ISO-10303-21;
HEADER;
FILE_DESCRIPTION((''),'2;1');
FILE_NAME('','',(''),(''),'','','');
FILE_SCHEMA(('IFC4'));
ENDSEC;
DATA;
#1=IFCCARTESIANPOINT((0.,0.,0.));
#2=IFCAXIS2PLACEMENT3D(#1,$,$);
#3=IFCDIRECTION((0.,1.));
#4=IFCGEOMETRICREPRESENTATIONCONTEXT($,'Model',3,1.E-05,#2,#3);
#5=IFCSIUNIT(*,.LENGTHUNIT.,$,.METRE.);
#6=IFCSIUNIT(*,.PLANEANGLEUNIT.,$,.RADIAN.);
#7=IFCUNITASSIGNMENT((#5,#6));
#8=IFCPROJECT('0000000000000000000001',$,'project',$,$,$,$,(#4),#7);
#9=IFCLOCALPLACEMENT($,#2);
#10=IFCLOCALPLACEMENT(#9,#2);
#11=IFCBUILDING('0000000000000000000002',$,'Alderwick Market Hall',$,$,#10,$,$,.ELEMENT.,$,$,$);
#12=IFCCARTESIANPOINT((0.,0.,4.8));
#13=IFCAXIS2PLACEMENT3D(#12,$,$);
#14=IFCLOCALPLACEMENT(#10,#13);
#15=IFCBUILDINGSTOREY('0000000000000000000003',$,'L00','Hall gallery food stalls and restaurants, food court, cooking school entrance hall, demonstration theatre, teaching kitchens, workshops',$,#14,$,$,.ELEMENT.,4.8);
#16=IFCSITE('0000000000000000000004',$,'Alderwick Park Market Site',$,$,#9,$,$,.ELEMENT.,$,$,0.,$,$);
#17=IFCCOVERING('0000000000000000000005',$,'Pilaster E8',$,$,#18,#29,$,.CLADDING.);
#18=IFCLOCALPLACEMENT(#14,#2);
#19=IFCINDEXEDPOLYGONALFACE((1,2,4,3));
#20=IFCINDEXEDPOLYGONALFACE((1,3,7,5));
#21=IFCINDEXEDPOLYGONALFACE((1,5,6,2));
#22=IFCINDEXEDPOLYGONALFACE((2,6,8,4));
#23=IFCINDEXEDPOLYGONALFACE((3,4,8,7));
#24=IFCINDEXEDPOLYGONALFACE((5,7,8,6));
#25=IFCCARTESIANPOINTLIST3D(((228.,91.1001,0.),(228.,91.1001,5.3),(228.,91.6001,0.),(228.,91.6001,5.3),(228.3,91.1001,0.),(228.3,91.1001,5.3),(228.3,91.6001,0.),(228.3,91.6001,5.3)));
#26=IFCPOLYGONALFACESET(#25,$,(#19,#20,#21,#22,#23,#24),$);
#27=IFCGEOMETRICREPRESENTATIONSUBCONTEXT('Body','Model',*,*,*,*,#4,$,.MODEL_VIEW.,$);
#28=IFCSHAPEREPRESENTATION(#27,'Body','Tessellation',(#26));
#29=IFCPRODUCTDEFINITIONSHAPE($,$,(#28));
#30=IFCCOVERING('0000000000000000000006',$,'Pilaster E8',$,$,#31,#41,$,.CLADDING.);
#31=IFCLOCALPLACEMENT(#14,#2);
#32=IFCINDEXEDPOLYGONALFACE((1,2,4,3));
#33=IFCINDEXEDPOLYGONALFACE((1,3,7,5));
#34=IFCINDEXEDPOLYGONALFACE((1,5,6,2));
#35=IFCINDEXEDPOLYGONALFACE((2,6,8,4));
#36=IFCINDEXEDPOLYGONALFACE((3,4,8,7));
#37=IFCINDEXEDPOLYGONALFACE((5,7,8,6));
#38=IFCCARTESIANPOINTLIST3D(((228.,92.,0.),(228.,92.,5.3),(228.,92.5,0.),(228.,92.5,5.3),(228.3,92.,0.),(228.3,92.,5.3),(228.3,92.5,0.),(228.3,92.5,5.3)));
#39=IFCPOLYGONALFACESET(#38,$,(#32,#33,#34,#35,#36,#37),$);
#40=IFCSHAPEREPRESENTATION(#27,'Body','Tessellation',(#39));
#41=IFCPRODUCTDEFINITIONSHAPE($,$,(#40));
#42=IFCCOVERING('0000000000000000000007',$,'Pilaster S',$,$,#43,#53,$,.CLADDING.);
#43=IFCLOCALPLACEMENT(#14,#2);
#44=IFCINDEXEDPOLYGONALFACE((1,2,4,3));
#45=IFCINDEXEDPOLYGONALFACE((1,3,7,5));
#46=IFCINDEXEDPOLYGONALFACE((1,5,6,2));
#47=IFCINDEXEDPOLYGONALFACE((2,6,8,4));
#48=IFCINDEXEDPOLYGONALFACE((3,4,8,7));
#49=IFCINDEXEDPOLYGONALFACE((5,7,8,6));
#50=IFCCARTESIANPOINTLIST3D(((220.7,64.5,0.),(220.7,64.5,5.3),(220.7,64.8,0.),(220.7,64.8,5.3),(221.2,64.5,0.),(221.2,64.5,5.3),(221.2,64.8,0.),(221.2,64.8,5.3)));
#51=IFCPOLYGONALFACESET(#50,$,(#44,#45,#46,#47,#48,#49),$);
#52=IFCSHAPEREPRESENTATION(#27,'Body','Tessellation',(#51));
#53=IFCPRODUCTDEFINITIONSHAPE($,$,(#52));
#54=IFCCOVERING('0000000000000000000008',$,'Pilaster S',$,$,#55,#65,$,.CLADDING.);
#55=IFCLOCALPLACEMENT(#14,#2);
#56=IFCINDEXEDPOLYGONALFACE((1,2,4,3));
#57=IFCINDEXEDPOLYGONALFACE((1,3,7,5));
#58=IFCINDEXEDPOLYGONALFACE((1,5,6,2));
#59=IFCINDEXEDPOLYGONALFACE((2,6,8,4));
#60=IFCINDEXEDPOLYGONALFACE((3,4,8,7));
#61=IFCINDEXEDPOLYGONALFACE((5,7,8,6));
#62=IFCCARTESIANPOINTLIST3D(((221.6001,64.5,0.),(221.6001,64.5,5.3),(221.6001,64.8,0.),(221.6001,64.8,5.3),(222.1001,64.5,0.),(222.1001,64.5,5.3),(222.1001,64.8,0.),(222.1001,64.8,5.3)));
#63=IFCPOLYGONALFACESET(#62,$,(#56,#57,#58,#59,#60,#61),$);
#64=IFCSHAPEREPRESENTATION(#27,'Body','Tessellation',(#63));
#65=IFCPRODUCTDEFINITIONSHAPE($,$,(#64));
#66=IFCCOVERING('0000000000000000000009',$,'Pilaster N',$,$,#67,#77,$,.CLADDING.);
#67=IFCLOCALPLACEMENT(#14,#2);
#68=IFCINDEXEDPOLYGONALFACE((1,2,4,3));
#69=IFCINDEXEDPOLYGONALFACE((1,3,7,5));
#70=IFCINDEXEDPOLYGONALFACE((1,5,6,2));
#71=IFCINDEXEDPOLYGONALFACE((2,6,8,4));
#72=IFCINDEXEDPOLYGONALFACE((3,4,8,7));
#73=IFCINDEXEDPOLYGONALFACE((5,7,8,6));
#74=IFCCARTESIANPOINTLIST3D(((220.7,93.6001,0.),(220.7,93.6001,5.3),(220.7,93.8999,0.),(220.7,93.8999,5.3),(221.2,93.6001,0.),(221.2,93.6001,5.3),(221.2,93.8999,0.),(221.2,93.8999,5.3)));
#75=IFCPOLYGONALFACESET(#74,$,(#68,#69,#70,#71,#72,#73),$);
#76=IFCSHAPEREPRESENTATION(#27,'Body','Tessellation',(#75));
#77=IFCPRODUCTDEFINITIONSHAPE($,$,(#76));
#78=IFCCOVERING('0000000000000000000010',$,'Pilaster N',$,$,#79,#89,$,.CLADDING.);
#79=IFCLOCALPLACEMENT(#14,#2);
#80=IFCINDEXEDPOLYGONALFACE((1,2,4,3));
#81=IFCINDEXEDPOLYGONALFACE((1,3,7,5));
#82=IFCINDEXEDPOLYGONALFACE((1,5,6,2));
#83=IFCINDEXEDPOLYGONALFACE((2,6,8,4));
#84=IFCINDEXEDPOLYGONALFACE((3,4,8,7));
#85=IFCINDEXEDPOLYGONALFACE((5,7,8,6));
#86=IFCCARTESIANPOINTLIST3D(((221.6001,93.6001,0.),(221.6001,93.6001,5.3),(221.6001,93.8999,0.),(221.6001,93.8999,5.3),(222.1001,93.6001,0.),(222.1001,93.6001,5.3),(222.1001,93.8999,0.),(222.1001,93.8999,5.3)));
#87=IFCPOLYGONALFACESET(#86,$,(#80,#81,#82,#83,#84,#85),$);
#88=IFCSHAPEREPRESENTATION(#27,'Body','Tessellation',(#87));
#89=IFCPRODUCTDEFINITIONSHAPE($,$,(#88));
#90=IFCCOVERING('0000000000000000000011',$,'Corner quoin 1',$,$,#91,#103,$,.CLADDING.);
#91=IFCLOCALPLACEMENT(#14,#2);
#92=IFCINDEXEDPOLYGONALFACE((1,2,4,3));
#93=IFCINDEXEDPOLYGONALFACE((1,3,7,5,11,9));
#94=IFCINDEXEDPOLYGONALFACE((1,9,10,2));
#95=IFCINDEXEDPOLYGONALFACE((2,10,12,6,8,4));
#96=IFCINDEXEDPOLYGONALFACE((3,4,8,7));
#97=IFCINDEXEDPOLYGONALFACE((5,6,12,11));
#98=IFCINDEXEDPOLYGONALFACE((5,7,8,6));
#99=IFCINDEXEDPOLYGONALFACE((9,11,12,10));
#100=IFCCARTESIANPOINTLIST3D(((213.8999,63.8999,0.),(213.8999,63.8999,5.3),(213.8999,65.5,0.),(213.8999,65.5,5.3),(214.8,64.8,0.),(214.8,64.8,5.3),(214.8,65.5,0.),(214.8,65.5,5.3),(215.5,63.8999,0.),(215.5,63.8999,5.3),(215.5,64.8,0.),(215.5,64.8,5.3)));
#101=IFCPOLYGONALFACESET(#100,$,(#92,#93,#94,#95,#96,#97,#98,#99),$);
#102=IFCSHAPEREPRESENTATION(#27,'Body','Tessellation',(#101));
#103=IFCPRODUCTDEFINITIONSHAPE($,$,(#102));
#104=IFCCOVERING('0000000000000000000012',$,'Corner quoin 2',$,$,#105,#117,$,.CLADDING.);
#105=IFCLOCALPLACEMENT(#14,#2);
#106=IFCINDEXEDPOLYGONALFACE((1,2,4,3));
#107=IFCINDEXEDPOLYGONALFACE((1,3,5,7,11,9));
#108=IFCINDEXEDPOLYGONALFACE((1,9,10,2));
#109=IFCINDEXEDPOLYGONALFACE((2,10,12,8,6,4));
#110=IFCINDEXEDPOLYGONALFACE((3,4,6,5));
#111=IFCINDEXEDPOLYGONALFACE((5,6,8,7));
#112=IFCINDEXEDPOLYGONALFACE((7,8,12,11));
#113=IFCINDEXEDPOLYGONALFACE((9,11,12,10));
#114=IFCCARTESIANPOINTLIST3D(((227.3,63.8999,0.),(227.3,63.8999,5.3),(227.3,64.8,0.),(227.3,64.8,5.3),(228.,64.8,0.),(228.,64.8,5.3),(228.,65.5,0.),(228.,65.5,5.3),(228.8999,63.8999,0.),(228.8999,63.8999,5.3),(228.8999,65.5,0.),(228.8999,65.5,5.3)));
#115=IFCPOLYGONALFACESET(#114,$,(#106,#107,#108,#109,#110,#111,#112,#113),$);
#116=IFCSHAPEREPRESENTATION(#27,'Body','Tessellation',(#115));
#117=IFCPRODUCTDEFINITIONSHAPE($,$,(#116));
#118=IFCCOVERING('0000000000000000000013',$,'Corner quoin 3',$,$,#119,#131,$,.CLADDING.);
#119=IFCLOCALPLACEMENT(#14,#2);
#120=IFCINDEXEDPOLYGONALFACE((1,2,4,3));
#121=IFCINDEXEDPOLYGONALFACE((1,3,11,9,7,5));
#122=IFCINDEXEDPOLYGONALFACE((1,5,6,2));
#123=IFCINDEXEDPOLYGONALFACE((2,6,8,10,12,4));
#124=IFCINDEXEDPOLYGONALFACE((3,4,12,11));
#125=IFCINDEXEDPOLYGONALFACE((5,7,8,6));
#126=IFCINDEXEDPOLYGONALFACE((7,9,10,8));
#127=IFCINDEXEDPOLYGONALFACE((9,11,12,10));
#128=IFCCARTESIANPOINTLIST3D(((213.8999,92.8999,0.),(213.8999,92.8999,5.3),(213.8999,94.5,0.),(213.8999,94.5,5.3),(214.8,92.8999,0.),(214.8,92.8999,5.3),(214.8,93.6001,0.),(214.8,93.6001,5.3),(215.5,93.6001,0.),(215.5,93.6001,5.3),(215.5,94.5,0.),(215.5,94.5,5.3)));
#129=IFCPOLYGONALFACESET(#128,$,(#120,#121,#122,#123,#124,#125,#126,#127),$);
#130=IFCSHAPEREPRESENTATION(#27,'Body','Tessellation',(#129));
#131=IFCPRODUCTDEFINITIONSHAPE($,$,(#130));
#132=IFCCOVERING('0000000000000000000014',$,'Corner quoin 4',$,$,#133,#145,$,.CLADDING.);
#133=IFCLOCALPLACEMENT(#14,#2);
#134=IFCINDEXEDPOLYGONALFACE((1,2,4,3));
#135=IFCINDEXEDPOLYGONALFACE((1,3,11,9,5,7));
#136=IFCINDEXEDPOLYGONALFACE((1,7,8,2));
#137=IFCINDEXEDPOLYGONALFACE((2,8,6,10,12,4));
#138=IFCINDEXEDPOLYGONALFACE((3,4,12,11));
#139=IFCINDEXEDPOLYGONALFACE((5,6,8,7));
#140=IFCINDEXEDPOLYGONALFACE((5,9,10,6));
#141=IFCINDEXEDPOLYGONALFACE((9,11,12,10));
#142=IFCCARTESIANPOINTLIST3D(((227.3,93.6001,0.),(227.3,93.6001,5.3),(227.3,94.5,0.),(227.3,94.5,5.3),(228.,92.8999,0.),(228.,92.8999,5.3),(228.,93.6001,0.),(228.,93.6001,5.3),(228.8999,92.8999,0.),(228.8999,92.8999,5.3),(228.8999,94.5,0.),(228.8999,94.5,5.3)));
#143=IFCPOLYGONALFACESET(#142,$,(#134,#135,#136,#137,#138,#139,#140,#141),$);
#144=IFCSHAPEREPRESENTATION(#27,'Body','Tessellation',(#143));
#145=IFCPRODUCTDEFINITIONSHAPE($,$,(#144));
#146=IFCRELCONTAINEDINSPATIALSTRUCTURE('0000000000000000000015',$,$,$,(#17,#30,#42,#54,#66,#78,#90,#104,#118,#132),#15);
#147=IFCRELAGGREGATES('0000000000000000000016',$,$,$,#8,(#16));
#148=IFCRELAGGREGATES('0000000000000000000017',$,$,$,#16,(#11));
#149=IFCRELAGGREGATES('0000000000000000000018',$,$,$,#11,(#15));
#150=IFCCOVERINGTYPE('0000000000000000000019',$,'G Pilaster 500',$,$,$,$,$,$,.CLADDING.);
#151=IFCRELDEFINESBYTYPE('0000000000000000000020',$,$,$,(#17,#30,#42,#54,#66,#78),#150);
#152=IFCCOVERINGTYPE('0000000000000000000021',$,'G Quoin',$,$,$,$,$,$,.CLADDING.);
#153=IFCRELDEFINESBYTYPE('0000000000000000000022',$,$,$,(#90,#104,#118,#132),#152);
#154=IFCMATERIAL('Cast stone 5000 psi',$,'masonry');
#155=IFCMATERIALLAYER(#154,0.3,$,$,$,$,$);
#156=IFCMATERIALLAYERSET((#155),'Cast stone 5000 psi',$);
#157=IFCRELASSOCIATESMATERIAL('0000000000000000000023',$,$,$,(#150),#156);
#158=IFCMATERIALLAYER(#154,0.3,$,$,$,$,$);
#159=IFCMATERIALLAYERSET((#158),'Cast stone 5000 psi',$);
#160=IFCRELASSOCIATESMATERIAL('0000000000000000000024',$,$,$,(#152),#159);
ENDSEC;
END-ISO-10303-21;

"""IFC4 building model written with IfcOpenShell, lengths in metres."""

from ifc_helpers import new_model, si_unit, direction, frame, origin, place, context, subcontext, project, spatial, polyline, outline, extrude, material, layer, layer_set, type_object, element, save


model = new_model("IFC4")

# Units and contexts
model_context = context("Model", 3, precision=1e-05, world=origin(), true_north=direction((0.0, 1.0)))
body_context = subcontext(model_context, "Body", "Model", "MODEL_VIEW")
ifc_project = project(units=[si_unit("LENGTHUNIT", "METRE"), si_unit("PLANEANGLEUNIT", "RADIAN")], contexts=[model_context])

# Site, building, storey
site_placement = place(None, origin())
site = spatial("IfcSite", under=ifc_project, at=site_placement, Name="Alderwick Park Market Site", CompositionType="ELEMENT", RefElevation=0.0)
building_placement = place(site_placement, origin())
building = spatial("IfcBuilding", under=site, at=building_placement, Name="Alderwick Market Hall", CompositionType="ELEMENT")
storey_placement = place(building_placement, frame((0.0, 0.0, 4.8)))
storey = spatial("IfcBuildingStorey", under=building, at=storey_placement, Name="L00", Description="Hall gallery food stalls and restaurants, food court, cooking school entrance hall, demonstration theatre, teaching kitchens, workshops", CompositionType="ELEMENT", Elevation=4.8)

# Coverings
ifc_material_1 = material(Name="Cast stone 5000 psi", Category="masonry")
ifc_layer_1 = layer(ifc_material_1, 0.3)
ifc_layer_set_1 = layer_set([ifc_layer_1], Name="Cast stone 5000 psi")
covering_type_1 = type_object("IfcCoveringType", Name="G Pilaster 500", PredefinedType="CLADDING", material=ifc_layer_set_1)
covering_1_placement = place(storey_placement, origin())
element("IfcCovering", 1, at=covering_1_placement, inside=storey, type_object=covering_type_1, Name="Pilaster E8", PredefinedType="CLADDING", context=body_context, shape_type="SweptSolid", body=[
    extrude(outline(polyline([(228.0, 91.1001), (228.3, 91.1001), (228.3, 91.6001), (228.0, 91.6001), (228.0, 91.1001)])), origin(), (0.0, 0.0, 1.0), 5.3),
])
covering_2_placement = place(storey_placement, origin())
element("IfcCovering", 2, at=covering_2_placement, inside=storey, type_object=covering_type_1, Name="Pilaster E8", PredefinedType="CLADDING", context=body_context, shape_type="SweptSolid", body=[
    extrude(outline(polyline([(228.0, 92.0), (228.3, 92.0), (228.3, 92.5), (228.0, 92.5), (228.0, 92.0)])), origin(), (0.0, 0.0, 1.0), 5.3),
])
covering_3_placement = place(storey_placement, origin())
element("IfcCovering", 3, at=covering_3_placement, inside=storey, type_object=covering_type_1, Name="Pilaster S", PredefinedType="CLADDING", context=body_context, shape_type="SweptSolid", body=[
    extrude(outline(polyline([(220.7, 64.5), (221.2, 64.5), (221.2, 64.8), (220.7, 64.8), (220.7, 64.5)])), origin(), (0.0, 0.0, 1.0), 5.3),
])
covering_4_placement = place(storey_placement, origin())
element("IfcCovering", 4, at=covering_4_placement, inside=storey, type_object=covering_type_1, Name="Pilaster S", PredefinedType="CLADDING", context=body_context, shape_type="SweptSolid", body=[
    extrude(outline(polyline([(221.6001, 64.5), (222.1001, 64.5), (222.1001, 64.8), (221.6001, 64.8), (221.6001, 64.5)])), origin(), (0.0, 0.0, 1.0), 5.3),
])
covering_5_placement = place(storey_placement, origin())
element("IfcCovering", 5, at=covering_5_placement, inside=storey, type_object=covering_type_1, Name="Pilaster N", PredefinedType="CLADDING", context=body_context, shape_type="SweptSolid", body=[
    extrude(outline(polyline([(220.7, 93.6001), (221.2, 93.6001), (221.2, 93.8999), (220.7, 93.8999), (220.7, 93.6001)])), origin(), (0.0, 0.0, 1.0), 5.3),
])
covering_6_placement = place(storey_placement, origin())
element("IfcCovering", 6, at=covering_6_placement, inside=storey, type_object=covering_type_1, Name="Pilaster N", PredefinedType="CLADDING", context=body_context, shape_type="SweptSolid", body=[
    extrude(outline(polyline([(221.6001, 93.6001), (222.1001, 93.6001), (222.1001, 93.8999), (221.6001, 93.8999), (221.6001, 93.6001)])), origin(), (0.0, 0.0, 1.0), 5.3),
])
ifc_layer_2 = layer(ifc_material_1, 0.3)
ifc_layer_set_2 = layer_set([ifc_layer_2], Name="Cast stone 5000 psi")
covering_type_2 = type_object("IfcCoveringType", Name="G Quoin", PredefinedType="CLADDING", material=ifc_layer_set_2)
covering_7_placement = place(storey_placement, origin())
element("IfcCovering", 7, at=covering_7_placement, inside=storey, type_object=covering_type_2, Name="Corner quoin 1", PredefinedType="CLADDING", context=body_context, shape_type="SweptSolid", body=[
    extrude(outline(polyline([(213.8999, 65.5), (214.8, 65.5), (214.8, 64.8), (215.5, 64.8), (215.5, 63.8999), (213.8999, 63.8999), (213.8999, 65.5)])), origin(), (0.0, 0.0, 1.0), 5.3),
])
covering_8_placement = place(storey_placement, origin())
element("IfcCovering", 8, at=covering_8_placement, inside=storey, type_object=covering_type_2, Name="Corner quoin 2", PredefinedType="CLADDING", context=body_context, shape_type="SweptSolid", body=[
    extrude(outline(polyline([(227.3, 64.8), (228.0, 64.8), (228.0, 65.5), (228.8999, 65.5), (228.8999, 63.8999), (227.3, 63.8999), (227.3, 64.8)])), origin(), (0.0, 0.0, 1.0), 5.3),
])
covering_9_placement = place(storey_placement, origin())
element("IfcCovering", 9, at=covering_9_placement, inside=storey, type_object=covering_type_2, Name="Corner quoin 3", PredefinedType="CLADDING", context=body_context, shape_type="SweptSolid", body=[
    extrude(outline(polyline([(213.8999, 94.5), (215.5, 94.5), (215.5, 93.6001), (214.8, 93.6001), (214.8, 92.8999), (213.8999, 92.8999), (213.8999, 94.5)])), origin(), (0.0, 0.0, 1.0), 5.3),
])
covering_10_placement = place(storey_placement, origin())
element("IfcCovering", 10, at=covering_10_placement, inside=storey, type_object=covering_type_2, Name="Corner quoin 4", PredefinedType="CLADDING", context=body_context, shape_type="SweptSolid", body=[
    extrude(outline(polyline([(227.3, 94.5), (228.8999, 94.5), (228.8999, 92.8999), (228.0, 92.8999), (228.0, 93.6001), (227.3, 93.6001), (227.3, 94.5)])), origin(), (0.0, 0.0, 1.0), 5.3),
])

save(model, "model.ifc")
